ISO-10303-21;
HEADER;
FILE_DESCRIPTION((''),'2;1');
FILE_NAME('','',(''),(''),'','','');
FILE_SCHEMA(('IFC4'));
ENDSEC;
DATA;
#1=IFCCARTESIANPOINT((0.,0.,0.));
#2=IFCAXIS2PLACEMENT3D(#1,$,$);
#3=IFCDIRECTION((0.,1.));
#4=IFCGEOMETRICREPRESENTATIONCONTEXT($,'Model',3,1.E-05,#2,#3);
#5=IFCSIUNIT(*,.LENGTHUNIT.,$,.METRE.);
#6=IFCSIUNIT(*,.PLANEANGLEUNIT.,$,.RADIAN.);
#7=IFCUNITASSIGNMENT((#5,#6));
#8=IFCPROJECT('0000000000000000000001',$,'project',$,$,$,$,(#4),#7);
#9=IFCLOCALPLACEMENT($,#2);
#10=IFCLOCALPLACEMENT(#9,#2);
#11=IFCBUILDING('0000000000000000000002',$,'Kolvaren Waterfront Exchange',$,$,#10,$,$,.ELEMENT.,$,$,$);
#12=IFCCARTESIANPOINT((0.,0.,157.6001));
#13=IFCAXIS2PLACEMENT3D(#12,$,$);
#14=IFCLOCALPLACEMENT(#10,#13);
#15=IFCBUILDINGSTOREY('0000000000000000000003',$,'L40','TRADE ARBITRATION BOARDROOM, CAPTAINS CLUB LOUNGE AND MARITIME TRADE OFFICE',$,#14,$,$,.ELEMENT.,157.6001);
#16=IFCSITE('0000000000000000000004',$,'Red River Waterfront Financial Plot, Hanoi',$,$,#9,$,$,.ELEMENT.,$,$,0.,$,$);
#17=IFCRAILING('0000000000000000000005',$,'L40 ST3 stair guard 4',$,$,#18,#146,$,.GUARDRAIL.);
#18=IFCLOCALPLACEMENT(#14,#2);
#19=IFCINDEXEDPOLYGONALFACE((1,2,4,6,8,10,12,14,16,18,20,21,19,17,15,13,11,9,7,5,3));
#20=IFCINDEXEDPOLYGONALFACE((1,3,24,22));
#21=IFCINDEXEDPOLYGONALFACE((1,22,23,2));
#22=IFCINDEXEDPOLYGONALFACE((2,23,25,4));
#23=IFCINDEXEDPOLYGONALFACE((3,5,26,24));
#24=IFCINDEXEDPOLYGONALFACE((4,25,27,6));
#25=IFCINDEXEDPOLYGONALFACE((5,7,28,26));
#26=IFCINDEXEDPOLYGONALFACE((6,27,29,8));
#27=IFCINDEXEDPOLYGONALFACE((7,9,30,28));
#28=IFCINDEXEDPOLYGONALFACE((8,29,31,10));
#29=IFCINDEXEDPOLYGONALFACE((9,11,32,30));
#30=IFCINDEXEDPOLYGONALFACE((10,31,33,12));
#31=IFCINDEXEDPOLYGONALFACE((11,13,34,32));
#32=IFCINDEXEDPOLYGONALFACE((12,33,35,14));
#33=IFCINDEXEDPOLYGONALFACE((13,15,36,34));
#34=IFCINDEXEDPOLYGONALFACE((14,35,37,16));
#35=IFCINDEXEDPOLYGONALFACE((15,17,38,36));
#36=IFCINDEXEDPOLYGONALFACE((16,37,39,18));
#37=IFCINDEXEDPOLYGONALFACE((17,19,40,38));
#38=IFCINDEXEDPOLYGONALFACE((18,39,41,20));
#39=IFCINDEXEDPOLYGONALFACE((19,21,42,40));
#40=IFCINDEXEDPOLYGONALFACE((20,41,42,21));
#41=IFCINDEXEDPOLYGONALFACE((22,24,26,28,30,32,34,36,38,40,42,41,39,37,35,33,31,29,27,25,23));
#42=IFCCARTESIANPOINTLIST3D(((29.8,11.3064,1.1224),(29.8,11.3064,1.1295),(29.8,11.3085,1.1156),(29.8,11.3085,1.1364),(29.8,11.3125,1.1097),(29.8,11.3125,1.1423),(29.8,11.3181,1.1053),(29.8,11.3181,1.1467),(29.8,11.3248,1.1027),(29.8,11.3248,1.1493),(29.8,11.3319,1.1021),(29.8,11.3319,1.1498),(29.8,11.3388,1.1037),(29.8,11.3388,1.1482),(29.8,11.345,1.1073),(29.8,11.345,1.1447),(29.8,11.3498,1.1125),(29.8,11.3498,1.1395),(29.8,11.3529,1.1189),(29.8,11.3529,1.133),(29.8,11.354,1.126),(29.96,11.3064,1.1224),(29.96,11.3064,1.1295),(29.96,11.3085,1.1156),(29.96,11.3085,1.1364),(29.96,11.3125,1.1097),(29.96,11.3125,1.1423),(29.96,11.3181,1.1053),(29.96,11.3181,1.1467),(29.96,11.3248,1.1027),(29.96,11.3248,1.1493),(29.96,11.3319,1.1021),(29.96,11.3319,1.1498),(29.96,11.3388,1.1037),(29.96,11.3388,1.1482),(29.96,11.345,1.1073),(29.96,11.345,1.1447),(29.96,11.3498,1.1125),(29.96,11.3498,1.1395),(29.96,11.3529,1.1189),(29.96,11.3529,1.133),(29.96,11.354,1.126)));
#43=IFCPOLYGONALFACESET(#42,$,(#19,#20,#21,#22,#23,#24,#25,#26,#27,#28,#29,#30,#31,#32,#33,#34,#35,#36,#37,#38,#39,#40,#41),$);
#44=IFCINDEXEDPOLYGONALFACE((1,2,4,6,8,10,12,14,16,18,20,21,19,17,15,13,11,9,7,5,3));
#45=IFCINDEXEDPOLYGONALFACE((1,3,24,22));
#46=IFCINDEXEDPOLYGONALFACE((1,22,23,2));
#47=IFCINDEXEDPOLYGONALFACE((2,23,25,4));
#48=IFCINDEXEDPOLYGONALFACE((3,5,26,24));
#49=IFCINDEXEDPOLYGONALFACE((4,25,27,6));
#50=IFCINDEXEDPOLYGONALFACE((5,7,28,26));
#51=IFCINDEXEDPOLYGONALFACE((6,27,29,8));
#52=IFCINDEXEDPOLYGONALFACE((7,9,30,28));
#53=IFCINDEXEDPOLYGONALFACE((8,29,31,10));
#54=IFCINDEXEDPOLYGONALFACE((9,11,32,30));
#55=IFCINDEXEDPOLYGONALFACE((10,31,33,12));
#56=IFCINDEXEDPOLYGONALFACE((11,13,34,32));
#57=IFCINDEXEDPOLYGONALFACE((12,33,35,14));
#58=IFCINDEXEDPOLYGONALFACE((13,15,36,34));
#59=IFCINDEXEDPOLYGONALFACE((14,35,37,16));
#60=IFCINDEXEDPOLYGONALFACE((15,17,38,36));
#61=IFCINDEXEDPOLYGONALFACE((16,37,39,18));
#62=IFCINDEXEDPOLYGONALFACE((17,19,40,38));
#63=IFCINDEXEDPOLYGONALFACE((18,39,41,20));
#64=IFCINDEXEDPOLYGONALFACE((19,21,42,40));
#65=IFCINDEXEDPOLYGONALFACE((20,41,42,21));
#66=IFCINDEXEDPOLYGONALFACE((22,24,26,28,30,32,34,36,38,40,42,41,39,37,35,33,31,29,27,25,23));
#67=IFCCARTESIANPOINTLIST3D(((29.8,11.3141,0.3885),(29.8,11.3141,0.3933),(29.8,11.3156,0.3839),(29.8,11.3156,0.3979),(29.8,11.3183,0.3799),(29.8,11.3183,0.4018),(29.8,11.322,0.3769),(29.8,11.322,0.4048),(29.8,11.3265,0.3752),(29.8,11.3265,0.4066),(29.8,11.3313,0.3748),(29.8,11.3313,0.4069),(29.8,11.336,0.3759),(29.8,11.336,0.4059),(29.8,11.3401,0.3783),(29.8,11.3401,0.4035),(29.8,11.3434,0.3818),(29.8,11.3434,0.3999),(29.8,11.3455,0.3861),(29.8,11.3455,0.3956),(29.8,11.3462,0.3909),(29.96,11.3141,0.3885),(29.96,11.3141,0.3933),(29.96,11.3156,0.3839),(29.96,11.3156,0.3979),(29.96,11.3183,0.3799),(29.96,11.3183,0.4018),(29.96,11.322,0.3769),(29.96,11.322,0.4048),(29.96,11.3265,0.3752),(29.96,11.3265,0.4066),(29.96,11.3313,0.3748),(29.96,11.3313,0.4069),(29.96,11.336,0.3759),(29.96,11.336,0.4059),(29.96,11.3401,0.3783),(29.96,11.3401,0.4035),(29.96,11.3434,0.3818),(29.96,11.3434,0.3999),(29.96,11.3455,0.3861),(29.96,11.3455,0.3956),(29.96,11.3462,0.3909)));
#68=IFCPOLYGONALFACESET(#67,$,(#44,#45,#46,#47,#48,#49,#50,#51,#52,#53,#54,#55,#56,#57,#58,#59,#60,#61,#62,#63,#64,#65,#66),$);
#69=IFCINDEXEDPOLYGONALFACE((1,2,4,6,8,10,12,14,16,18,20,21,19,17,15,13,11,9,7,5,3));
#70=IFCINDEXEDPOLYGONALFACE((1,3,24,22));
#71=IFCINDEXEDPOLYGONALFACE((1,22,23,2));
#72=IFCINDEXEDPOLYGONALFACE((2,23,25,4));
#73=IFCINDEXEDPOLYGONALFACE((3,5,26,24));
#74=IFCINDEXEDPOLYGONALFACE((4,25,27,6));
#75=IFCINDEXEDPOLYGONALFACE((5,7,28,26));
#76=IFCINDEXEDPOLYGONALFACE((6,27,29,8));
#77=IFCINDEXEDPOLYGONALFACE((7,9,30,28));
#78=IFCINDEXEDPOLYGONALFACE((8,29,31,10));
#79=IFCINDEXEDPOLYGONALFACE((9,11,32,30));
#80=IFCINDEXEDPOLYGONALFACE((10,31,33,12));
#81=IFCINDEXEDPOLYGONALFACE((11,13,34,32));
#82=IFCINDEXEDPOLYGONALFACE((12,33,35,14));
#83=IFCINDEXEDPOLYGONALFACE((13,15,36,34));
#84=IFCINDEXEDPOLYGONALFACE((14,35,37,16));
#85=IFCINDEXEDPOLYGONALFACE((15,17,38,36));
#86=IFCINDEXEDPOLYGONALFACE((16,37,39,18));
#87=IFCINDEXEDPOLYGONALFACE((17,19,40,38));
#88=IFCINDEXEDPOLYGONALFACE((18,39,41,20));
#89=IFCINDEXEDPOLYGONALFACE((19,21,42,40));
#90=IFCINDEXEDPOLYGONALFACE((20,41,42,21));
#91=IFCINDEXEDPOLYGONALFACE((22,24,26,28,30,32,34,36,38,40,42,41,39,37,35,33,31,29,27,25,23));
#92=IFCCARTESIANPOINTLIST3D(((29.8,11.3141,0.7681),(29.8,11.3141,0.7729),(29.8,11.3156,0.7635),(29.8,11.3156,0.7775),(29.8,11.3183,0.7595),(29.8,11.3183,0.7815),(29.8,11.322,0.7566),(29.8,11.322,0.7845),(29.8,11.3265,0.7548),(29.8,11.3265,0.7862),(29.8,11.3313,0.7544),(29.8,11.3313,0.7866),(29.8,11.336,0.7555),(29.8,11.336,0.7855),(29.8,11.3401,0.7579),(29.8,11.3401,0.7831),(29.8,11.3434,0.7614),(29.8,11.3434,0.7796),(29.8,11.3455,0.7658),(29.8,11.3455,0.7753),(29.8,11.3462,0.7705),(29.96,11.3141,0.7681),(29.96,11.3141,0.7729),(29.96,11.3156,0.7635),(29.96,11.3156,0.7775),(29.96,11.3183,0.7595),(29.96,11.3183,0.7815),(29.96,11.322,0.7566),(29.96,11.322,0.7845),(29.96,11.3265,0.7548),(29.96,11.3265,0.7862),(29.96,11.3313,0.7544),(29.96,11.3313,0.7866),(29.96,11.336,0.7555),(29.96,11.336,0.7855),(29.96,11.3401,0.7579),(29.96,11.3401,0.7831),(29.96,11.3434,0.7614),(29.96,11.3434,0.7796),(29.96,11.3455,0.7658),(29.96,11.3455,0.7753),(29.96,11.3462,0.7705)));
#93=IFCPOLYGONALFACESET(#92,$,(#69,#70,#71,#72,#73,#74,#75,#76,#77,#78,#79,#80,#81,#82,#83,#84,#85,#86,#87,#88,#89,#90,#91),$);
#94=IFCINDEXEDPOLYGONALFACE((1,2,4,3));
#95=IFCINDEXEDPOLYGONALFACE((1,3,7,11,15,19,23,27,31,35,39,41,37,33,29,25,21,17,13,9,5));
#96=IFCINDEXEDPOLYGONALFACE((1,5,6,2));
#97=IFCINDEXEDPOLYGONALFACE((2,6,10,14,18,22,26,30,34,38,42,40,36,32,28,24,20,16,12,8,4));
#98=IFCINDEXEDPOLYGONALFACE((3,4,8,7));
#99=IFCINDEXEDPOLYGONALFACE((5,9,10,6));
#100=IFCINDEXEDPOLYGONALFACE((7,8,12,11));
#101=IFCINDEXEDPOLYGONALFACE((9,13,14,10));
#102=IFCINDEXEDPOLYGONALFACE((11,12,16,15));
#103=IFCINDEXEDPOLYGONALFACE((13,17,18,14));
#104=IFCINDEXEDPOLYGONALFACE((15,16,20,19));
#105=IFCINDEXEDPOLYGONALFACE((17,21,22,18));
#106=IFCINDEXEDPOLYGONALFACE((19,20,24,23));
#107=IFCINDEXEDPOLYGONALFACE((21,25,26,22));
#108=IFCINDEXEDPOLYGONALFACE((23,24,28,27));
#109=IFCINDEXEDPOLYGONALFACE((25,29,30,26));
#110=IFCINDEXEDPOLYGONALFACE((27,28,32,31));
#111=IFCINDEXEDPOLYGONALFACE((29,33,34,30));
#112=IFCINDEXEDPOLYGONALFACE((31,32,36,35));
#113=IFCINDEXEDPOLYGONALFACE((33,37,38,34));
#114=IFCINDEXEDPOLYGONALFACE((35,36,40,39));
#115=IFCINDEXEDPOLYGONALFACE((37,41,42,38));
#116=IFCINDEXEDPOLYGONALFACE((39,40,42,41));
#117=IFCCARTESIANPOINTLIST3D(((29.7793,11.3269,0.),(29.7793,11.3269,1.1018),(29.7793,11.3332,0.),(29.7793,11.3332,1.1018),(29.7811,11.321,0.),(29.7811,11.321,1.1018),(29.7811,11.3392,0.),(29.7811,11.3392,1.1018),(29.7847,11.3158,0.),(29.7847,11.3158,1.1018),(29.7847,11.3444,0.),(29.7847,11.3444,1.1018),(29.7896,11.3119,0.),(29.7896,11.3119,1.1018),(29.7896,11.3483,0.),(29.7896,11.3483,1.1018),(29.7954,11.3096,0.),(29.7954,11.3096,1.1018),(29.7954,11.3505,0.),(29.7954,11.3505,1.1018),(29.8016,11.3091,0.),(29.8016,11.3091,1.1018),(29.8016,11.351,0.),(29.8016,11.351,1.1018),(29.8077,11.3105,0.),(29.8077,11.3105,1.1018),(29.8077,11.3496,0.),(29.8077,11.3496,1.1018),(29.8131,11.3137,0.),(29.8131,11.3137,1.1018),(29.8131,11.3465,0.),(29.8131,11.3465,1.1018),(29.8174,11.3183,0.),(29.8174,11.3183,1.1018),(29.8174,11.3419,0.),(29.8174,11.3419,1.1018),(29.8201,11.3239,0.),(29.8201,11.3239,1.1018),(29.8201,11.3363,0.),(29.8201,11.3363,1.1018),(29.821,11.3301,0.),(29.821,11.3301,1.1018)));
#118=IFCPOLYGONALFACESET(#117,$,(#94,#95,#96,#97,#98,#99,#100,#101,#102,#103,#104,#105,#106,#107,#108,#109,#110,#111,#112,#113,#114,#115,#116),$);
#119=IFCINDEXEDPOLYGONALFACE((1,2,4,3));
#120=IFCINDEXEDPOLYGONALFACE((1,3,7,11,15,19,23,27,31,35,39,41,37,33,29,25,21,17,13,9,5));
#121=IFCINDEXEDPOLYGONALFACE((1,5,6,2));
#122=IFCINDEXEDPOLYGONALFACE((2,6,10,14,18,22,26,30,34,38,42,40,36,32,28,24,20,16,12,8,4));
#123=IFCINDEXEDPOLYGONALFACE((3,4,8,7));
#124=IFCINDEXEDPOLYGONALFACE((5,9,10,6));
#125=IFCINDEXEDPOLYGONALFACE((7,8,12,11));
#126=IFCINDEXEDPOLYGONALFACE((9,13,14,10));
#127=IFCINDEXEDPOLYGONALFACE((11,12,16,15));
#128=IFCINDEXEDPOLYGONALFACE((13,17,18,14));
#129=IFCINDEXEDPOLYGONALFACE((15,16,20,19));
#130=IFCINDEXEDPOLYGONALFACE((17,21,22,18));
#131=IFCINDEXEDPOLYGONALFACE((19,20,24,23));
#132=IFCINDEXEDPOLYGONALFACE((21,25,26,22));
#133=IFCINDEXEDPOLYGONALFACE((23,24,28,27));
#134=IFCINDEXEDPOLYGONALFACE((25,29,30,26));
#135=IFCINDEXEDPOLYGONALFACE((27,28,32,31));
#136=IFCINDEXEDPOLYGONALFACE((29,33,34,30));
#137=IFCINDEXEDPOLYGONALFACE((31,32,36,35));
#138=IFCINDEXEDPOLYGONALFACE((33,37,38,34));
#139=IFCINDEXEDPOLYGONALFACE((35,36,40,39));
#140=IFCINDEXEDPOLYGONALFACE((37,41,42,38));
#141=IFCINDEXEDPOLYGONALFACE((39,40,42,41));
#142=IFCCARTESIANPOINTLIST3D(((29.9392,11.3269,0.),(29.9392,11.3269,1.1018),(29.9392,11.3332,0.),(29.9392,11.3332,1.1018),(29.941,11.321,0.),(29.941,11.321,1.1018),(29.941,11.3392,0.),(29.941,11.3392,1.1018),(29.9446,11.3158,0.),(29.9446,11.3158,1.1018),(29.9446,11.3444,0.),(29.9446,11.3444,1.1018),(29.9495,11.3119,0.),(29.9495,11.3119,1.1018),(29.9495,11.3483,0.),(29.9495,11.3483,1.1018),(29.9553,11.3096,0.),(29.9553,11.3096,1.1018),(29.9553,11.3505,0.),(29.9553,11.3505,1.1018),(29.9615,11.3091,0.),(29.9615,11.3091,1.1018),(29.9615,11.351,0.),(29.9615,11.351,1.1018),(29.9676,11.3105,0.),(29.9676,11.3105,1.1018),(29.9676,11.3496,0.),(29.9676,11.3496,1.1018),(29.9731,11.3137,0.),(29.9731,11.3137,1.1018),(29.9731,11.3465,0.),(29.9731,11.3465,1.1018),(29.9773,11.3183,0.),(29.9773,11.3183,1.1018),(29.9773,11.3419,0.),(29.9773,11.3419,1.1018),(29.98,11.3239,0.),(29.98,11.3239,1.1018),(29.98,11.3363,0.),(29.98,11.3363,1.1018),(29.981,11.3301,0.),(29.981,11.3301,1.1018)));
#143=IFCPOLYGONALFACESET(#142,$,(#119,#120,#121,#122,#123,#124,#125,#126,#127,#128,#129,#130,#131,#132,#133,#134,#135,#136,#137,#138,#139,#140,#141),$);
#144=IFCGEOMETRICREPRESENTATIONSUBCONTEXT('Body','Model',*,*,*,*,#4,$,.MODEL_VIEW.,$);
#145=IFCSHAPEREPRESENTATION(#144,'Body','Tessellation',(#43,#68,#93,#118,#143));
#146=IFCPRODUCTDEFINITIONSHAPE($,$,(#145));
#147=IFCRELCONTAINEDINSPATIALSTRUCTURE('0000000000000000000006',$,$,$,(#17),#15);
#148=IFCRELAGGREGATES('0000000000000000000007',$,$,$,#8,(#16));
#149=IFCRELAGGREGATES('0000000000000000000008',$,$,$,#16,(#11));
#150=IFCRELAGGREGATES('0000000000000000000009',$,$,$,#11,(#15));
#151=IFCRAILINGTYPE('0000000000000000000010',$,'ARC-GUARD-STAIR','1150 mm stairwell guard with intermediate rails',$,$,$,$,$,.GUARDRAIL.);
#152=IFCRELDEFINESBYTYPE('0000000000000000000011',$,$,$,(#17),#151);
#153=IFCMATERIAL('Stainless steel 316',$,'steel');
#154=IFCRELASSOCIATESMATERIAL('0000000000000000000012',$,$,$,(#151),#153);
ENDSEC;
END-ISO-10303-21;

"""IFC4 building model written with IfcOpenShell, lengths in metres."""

from ifc_helpers import new_model, si_unit, direction, frame, origin, origin_2d, place, context, subcontext, project, spatial, circle, extrude, material, type_object, element, save


model = new_model("IFC4")

# Units and contexts
model_context = context("Model", 3, precision=1e-05, world=origin(), true_north=direction((0.0, 1.0)))
body_context = subcontext(model_context, "Body", "Model", "MODEL_VIEW")
ifc_project = project(units=[si_unit("LENGTHUNIT", "METRE"), si_unit("PLANEANGLEUNIT", "RADIAN")], contexts=[model_context])

# Site, building, storey
site_placement = place(None, origin())
site = spatial("IfcSite", under=ifc_project, at=site_placement, Name="Red River Waterfront Financial Plot, Hanoi", CompositionType="ELEMENT", RefElevation=0.0)
building_placement = place(site_placement, origin())
building = spatial("IfcBuilding", under=site, at=building_placement, Name="Kolvaren Waterfront Exchange", CompositionType="ELEMENT")
storey_placement = place(building_placement, frame((0.0, 0.0, 157.6001)))
storey = spatial("IfcBuildingStorey", under=building, at=storey_placement, Name="L40", Description="TRADE ARBITRATION BOARDROOM, CAPTAINS CLUB LOUNGE AND MARITIME TRADE OFFICE", CompositionType="ELEMENT", Elevation=157.6001)

# Railing
ifc_material_1 = material(Name="Stainless steel 316", Category="steel")
railing_type_1 = type_object("IfcRailingType", Name="ARC-GUARD-STAIR", Description="1150 mm stairwell guard with intermediate rails", PredefinedType="GUARDRAIL", material=ifc_material_1)
railing_1_placement = place(storey_placement, frame((29.8, 11.3301, 0.0)))
element("IfcRailing", 1, at=railing_1_placement, inside=storey, type_object=railing_type_1, Name="L40 ST3 stair guard 4", PredefinedType="GUARDRAIL", context=body_context, shape_type="SweptSolid", body=[
    extrude(circle(Radius=0.0239, at=origin_2d()), frame((0.0, 0.0, 1.126), z_axis=(1.0, 0.0, 0.0), x_axis=(0.0, 1.0, 0.0)), (0.0, 0.0, 1.0), 0.1599),
    extrude(circle(Radius=0.0161, at=origin_2d()), frame((0.0, 0.0, 0.3909), z_axis=(1.0, 0.0, 0.0), x_axis=(0.0, 1.0, 0.0)), (0.0, 0.0, 1.0), 0.1599),
    extrude(circle(Radius=0.0161, at=origin_2d()), frame((0.0, 0.0, 0.7705), z_axis=(1.0, 0.0, 0.0), x_axis=(0.0, 1.0, 0.0)), (0.0, 0.0, 1.0), 0.1599),
    extrude(circle(Radius=0.021, at=origin_2d()), origin(), (0.0, 0.0, 1.0), 1.1018),
    extrude(circle(Radius=0.021, at=origin_2d()), frame((0.1599, 0.0, 0.0)), (0.0, 0.0, 1.0), 1.1018),
])

save(model, "model.ifc")
